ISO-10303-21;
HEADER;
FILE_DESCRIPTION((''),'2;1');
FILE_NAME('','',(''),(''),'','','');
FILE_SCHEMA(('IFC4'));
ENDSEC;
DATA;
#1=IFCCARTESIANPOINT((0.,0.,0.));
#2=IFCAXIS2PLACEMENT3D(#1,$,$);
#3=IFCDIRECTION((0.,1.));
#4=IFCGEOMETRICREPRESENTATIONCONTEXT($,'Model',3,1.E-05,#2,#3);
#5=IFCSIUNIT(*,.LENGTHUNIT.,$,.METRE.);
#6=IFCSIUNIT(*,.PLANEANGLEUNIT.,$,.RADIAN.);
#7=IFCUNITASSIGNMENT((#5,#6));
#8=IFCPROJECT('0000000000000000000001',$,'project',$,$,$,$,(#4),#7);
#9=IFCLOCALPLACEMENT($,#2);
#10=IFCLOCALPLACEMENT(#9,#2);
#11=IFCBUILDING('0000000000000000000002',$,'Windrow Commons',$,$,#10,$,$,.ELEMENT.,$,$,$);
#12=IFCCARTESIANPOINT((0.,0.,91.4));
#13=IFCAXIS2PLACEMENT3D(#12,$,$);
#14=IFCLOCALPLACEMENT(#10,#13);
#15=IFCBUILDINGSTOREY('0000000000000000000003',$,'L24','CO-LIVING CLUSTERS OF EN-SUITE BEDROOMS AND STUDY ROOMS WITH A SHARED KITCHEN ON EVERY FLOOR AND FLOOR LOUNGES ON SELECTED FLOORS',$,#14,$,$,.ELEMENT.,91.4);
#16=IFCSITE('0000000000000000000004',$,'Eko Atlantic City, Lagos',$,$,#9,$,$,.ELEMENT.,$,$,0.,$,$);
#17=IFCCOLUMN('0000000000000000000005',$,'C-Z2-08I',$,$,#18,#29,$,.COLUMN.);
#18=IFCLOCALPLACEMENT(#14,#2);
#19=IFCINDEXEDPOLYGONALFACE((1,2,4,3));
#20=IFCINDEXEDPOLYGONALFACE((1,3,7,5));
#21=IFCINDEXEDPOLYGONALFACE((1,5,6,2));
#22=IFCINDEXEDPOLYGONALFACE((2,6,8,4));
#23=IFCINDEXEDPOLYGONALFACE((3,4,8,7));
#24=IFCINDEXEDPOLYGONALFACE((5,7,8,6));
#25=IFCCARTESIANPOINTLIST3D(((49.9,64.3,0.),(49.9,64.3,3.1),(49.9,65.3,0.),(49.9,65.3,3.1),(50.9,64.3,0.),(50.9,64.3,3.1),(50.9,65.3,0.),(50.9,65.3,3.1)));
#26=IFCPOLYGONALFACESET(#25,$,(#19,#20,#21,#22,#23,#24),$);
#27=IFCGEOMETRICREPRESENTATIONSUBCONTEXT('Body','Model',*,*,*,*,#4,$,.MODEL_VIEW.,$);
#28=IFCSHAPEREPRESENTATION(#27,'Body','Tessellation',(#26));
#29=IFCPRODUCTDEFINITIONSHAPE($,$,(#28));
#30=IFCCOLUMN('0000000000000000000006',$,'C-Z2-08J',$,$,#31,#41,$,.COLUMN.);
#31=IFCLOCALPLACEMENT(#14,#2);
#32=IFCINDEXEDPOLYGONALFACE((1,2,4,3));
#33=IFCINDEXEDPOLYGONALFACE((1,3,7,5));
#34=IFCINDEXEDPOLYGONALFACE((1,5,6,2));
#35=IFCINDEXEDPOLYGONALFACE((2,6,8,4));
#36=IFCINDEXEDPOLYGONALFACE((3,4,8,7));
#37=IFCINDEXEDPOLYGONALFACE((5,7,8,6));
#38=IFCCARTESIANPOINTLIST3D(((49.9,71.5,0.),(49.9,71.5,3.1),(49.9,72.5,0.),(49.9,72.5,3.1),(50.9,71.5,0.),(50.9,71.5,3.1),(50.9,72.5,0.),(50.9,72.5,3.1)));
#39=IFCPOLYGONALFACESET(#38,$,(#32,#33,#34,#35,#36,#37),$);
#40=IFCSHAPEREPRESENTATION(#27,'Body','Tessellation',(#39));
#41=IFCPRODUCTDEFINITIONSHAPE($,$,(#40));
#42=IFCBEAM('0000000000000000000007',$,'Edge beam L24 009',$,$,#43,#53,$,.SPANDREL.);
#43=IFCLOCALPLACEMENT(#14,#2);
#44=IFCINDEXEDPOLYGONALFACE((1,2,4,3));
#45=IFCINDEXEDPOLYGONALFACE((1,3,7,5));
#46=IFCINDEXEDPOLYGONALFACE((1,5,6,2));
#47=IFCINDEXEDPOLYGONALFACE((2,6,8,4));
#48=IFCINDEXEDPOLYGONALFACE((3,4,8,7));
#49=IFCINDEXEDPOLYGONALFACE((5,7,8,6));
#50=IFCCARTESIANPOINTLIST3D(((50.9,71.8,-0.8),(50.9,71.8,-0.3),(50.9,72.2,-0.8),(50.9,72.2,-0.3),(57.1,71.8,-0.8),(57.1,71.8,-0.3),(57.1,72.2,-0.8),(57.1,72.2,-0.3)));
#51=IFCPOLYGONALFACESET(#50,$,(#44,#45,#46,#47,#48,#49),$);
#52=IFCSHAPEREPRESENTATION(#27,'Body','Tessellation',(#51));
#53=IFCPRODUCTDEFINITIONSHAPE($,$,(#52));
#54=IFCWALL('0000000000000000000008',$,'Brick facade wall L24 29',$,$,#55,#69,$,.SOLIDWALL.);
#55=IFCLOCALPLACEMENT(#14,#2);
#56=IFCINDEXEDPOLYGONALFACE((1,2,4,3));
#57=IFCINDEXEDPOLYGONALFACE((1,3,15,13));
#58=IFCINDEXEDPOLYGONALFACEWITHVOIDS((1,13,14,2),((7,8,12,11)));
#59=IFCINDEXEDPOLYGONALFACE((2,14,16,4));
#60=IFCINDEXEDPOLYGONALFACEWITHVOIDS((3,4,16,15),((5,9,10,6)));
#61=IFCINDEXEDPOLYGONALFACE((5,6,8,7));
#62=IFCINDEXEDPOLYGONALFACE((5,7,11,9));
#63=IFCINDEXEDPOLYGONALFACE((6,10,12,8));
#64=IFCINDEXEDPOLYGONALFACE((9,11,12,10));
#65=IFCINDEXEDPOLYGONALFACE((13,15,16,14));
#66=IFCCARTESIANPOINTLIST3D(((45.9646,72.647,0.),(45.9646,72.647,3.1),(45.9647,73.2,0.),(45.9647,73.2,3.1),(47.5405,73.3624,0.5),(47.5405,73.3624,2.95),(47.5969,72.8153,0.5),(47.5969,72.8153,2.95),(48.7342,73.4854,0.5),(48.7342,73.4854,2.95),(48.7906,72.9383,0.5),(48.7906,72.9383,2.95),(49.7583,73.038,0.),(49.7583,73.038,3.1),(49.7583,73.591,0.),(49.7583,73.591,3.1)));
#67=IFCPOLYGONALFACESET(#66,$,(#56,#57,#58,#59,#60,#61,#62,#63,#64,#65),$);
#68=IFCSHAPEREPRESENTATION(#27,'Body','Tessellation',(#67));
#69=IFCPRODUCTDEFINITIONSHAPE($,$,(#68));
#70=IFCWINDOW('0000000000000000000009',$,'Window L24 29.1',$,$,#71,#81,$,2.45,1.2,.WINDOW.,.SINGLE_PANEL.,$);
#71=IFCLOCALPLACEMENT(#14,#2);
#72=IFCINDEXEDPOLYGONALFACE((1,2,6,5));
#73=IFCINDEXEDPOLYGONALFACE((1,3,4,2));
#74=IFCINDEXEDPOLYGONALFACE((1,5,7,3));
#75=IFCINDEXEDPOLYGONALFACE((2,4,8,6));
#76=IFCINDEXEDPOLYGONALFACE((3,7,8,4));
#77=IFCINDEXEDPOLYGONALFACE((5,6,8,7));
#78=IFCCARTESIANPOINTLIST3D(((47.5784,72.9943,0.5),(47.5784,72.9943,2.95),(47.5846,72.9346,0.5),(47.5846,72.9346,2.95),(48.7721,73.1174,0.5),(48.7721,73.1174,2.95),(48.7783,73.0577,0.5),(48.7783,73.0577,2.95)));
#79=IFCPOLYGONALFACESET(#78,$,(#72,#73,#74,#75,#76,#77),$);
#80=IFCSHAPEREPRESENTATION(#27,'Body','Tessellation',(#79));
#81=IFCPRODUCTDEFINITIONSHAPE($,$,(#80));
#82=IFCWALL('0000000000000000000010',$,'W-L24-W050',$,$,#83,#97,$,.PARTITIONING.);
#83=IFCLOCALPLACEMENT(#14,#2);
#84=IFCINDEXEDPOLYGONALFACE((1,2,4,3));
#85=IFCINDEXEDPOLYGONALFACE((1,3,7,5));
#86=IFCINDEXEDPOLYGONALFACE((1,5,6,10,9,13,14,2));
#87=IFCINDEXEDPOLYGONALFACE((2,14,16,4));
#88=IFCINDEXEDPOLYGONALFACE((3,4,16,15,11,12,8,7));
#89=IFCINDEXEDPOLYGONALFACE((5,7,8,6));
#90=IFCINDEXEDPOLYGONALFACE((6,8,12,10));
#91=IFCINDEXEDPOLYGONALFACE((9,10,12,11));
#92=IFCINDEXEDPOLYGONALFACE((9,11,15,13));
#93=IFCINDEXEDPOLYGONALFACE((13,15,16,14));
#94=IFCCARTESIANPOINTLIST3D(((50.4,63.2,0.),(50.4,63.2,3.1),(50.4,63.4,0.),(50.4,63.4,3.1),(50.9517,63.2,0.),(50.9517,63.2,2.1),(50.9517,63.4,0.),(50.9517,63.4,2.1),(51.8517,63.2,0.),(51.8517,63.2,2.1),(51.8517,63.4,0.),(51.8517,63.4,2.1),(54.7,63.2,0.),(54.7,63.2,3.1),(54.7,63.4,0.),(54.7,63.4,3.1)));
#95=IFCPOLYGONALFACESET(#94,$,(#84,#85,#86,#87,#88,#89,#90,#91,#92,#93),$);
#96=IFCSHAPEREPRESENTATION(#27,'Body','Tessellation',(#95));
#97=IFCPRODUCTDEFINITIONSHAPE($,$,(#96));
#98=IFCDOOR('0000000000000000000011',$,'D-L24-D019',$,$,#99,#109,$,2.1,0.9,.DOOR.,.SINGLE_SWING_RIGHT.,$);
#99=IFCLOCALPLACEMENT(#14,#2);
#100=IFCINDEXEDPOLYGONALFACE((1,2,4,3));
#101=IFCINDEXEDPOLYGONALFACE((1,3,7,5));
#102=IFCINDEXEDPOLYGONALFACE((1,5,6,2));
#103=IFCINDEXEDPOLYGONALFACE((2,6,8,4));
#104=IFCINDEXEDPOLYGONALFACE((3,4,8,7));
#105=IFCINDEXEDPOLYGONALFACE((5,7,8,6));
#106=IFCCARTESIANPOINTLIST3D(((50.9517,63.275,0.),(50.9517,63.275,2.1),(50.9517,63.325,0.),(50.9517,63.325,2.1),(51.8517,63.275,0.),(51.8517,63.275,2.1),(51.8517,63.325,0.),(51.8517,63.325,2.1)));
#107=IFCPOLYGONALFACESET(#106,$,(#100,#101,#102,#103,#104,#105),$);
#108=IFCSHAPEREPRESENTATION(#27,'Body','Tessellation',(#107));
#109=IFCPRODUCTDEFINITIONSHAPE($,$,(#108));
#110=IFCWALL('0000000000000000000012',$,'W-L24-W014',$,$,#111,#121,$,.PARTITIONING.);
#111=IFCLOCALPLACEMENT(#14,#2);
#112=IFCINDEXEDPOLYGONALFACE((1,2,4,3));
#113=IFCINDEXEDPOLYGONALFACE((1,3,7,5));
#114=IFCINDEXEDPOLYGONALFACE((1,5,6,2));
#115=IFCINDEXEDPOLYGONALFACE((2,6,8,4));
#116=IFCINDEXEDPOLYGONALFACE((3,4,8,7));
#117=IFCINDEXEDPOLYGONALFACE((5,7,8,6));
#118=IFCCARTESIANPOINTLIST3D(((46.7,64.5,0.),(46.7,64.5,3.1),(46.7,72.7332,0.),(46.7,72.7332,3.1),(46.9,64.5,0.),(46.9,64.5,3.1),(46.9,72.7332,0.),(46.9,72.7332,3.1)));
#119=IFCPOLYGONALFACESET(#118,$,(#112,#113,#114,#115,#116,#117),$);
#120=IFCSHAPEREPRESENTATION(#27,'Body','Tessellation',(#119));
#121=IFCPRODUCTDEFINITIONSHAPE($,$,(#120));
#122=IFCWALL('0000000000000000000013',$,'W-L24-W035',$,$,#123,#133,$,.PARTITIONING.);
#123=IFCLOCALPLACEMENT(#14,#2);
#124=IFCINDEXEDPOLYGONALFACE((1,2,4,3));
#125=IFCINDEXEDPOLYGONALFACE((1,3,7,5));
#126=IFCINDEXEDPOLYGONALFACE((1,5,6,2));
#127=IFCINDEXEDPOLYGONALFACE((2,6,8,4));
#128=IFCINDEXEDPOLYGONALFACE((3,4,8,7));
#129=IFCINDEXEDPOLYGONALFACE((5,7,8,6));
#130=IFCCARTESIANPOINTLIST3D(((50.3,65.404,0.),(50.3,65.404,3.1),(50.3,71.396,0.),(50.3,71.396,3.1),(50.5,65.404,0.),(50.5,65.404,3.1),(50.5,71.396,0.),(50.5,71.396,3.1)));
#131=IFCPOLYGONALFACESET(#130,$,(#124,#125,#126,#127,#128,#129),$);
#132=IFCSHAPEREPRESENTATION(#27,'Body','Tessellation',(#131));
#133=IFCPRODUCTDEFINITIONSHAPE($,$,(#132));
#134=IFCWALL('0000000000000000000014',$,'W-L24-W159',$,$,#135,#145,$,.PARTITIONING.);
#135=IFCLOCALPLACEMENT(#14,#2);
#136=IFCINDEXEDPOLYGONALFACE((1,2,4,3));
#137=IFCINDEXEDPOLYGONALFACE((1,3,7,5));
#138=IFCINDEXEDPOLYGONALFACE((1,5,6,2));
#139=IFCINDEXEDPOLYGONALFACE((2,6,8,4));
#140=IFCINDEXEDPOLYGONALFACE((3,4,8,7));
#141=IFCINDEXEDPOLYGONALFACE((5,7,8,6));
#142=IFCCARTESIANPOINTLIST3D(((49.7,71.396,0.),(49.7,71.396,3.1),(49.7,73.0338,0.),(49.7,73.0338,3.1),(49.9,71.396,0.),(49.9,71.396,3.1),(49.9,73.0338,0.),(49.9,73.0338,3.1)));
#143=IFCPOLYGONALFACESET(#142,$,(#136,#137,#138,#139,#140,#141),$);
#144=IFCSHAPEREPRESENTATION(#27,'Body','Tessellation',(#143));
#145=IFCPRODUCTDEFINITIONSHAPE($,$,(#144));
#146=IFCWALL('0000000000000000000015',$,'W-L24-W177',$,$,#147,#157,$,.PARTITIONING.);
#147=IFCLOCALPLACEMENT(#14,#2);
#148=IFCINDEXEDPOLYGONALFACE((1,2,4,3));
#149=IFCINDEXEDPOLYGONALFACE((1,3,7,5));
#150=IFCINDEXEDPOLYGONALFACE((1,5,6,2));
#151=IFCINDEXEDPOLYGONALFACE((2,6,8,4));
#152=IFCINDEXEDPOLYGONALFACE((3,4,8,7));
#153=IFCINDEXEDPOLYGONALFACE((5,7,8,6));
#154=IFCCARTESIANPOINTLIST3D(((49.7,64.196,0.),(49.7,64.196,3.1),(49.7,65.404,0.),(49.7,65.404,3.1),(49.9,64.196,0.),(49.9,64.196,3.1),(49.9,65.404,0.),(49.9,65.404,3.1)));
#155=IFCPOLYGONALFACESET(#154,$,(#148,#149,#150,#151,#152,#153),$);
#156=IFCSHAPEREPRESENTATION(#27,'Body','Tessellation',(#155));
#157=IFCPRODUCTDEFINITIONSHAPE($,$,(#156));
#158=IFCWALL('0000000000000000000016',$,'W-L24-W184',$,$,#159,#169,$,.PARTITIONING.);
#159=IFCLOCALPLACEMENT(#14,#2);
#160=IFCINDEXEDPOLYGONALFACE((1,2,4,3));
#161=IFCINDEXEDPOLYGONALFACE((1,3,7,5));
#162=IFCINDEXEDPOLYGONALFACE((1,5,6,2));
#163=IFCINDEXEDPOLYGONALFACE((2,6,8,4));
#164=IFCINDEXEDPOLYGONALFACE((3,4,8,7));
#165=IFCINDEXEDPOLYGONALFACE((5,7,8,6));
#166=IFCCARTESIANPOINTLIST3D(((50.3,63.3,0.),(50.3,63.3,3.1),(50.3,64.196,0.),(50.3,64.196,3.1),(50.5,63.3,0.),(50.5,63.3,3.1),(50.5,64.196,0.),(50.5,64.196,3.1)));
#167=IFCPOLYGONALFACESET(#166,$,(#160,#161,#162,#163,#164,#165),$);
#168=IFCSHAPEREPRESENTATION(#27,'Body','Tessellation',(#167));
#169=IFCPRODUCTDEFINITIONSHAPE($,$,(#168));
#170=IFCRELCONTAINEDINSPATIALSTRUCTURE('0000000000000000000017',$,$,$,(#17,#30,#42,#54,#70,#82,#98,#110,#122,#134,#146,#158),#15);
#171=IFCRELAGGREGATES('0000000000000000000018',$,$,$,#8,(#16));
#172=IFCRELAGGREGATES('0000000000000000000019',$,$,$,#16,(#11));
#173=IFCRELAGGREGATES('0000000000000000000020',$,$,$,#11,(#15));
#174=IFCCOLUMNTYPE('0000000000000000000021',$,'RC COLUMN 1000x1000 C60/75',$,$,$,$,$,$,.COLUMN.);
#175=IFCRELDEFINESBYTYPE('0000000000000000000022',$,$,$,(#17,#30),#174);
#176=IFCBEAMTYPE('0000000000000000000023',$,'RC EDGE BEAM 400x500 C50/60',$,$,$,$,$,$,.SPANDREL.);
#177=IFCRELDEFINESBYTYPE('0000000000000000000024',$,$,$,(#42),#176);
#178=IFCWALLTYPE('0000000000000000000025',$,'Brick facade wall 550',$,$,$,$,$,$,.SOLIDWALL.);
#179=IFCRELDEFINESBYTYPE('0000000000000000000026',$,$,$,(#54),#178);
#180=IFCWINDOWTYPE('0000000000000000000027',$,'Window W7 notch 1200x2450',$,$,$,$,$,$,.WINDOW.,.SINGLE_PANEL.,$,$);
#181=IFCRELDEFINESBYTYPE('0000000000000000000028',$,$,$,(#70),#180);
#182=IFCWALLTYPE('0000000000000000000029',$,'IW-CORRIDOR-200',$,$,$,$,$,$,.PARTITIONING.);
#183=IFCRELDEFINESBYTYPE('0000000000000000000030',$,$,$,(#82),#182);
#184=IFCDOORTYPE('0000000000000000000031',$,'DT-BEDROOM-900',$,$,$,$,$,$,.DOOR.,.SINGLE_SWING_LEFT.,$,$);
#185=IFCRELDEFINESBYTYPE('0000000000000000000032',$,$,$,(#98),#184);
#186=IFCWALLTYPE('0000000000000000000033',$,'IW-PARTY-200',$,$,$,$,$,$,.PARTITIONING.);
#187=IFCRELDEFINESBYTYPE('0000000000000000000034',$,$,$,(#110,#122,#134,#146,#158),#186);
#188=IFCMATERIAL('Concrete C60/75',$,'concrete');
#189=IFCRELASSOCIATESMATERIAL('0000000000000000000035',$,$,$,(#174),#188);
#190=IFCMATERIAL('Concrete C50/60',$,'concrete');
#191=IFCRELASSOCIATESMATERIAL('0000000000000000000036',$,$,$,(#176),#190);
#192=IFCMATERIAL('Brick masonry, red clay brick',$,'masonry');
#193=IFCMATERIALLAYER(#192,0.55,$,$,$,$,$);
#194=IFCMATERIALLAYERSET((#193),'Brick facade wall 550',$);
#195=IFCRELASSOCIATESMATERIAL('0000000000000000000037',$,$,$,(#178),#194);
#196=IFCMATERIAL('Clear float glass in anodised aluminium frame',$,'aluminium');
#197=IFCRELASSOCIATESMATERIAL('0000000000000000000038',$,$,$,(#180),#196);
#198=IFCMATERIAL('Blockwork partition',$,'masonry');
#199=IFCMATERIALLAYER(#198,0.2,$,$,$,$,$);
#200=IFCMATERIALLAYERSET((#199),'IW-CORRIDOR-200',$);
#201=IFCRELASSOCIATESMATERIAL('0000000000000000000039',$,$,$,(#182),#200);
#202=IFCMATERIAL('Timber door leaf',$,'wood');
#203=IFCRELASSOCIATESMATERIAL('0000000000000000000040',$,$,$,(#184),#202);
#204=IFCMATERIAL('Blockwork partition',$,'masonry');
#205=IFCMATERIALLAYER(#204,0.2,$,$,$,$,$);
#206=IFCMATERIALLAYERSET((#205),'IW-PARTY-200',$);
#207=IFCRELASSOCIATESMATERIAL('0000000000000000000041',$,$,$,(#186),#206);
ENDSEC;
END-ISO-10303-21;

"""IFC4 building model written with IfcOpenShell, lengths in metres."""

from ifc_helpers import new_model, si_unit, direction, frame, frame_2d, origin, origin_2d, place, context, subcontext, project, spatial, polyline, rectangle, outline, extrude, material, layer, layer_set, material_profile, profile_set, type_object, element, fill, save


model = new_model("IFC4")

# Units and contexts
model_context = context("Model", 3, precision=1e-05, world=origin(), true_north=direction((0.0, 1.0)))
body_context = subcontext(model_context, "Body", "Model", "MODEL_VIEW")
ifc_project = project(units=[si_unit("LENGTHUNIT", "METRE"), si_unit("PLANEANGLEUNIT", "RADIAN")], contexts=[model_context])

# Site, building, storey
site_placement = place(None, origin())
site = spatial("IfcSite", under=ifc_project, at=site_placement, Name="Eko Atlantic City, Lagos", CompositionType="ELEMENT", RefElevation=0.0)
building_placement = place(site_placement, origin())
building = spatial("IfcBuilding", under=site, at=building_placement, Name="Windrow Commons", CompositionType="ELEMENT")
storey_placement = place(building_placement, frame((0.0, 0.0, 91.4)))
storey = spatial("IfcBuildingStorey", under=building, at=storey_placement, Name="L24", Description="CO-LIVING CLUSTERS OF EN-SUITE BEDROOMS AND STUDY ROOMS WITH A SHARED KITCHEN ON EVERY FLOOR AND FLOOR LOUNGES ON SELECTED FLOORS", CompositionType="ELEMENT", Elevation=91.4)

# Columns
ifc_material_1 = material(Name="Concrete C60/75", Category="concrete")
ifc_material_profile_1 = material_profile(ifc_material_1, rectangle(XDim=1.0, YDim=1.0, at=origin_2d()))
ifc_profile_set_1 = profile_set([ifc_material_profile_1], Name="Concrete C60/75")
column_type = type_object("IfcColumnType", Name="RC COLUMN 1000x1000 C60/75", PredefinedType="COLUMN", material=ifc_profile_set_1)
for number, where, z_axis, x_axis, name in (
    (1, (50.4, 64.8, 0.0), (0.0, 0.0, 1.0), (1.0, 0.0, 0.0), "C-Z2-08I"),
    (2, (50.4, 72.0, 0.0), (0.0, 0.0, 1.0), (1.0, 0.0, 0.0), "C-Z2-08J"),
):
    element("IfcColumn", number, at=place(storey_placement, frame(where, z_axis=z_axis, x_axis=x_axis)), inside=storey, type_object=column_type, Name=name, PredefinedType="COLUMN", context=body_context, shape_type="SweptSolid", body=[
        extrude(rectangle(XDim=1.0, YDim=1.0, at=origin_2d()), origin(), (0.0, 0.0, 1.0), 3.1),
    ])

# Beam
ifc_material_2 = material(Name="Concrete C50/60", Category="concrete")
ifc_material_profile_2 = material_profile(ifc_material_2, rectangle(XDim=0.4, YDim=0.5, at=origin_2d()))
ifc_profile_set_2 = profile_set([ifc_material_profile_2], Name="Concrete C50/60")
beam_type = type_object("IfcBeamType", Name="RC EDGE BEAM 400x500 C50/60", PredefinedType="SPANDREL", material=ifc_profile_set_2)
beam_placement = place(storey_placement, frame((50.9, 72.0, -0.55), z_axis=(1.0, 0.0, 0.0), x_axis=(0.0, 1.0, 0.0)))
element("IfcBeam", 3, at=beam_placement, inside=storey, type_object=beam_type, Name="Edge beam L24 009", PredefinedType="SPANDREL", context=body_context, shape_type="SweptSolid", body=[
    extrude(rectangle(XDim=0.4, YDim=0.5, at=origin_2d()), origin(), (0.0, 0.0, 1.0), 6.2),
])

# Wall, opening, window
ifc_material_3 = material(Name="Brick masonry, red clay brick", Category="masonry")
ifc_layer_1 = layer(ifc_material_3, 0.55)
ifc_layer_set_1 = layer_set([ifc_layer_1], Name="Brick facade wall 550")
wall_type_1 = type_object("IfcWallType", Name="Brick facade wall 550", PredefinedType="SOLIDWALL", material=ifc_layer_set_1)
wall_1_placement = place(storey_placement, frame((49.7583, 73.3145, 0.0), z_axis=(0.0, 0.0, 1.0), x_axis=(-0.994731, -0.102523, 0.0)))
wall_1 = element("IfcWall", 4, at=wall_1_placement, inside=storey, type_object=wall_type_1, Name="Brick facade wall L24 29", PredefinedType="SOLIDWALL", context=body_context, shape_type="SweptSolid", body=[
    extrude(outline(polyline([(-0.0283, -0.275), (3.7854, -0.275), (3.8421, 0.275), (0.0283, 0.275), (-0.0283, -0.275)])), origin(), (0.0, 0.0, 1.0), 3.1),
])
opening_1_placement = place(wall_1_placement, frame((1.0012, 0.0, 0.5)))
opening_1 = element("IfcOpeningElement", 5, at=opening_1_placement, cuts=wall_1, PredefinedType="OPENING", context=body_context, shape_type="SweptSolid", body=[
    extrude(rectangle(XDim=1.2, YDim=2.45, at=frame_2d((0.6, 1.225))), frame((0.0, 0.285, 0.0), z_axis=(0.0, -1.0, 0.0), x_axis=(1.0, 0.0, 0.0)), (0.0, 0.0, 1.0), 0.57),
])
ifc_material_4 = material(Name="Clear float glass in anodised aluminium frame", Category="aluminium")
window_type = type_object("IfcWindowType", Name="Window W7 notch 1200x2450", PartitioningType="SINGLE_PANEL", PredefinedType="WINDOW", material=ifc_material_4)
window_placement = place(opening_1_placement, origin())
window = element("IfcWindow", 6, at=window_placement, inside=storey, type_object=window_type, Name="Window L24 29.1", OverallHeight=2.45, OverallWidth=1.2, PartitioningType="SINGLE_PANEL", PredefinedType="WINDOW", context=body_context, shape_type="SweptSolid", body=[
    extrude(rectangle(XDim=1.2, YDim=2.45, at=frame_2d((0.6, 1.225))), frame((0.0, 0.155, 0.0), z_axis=(0.0, -1.0, 0.0), x_axis=(1.0, 0.0, 0.0)), (0.0, 0.0, 1.0), 0.06),
])
fill(opening_1, window)

# Wall, opening, door
ifc_material_5 = material(Name="Blockwork partition", Category="masonry")
ifc_layer_2 = layer(ifc_material_5, 0.2)
ifc_layer_set_2 = layer_set([ifc_layer_2], Name="IW-CORRIDOR-200")
wall_type_2 = type_object("IfcWallType", Name="IW-CORRIDOR-200", PredefinedType="PARTITIONING", material=ifc_layer_set_2)
wall_2_placement = place(storey_placement, frame((50.4, 63.3, 0.0), z_axis=(0.0, 0.0, 1.0), x_axis=(1.0, 0.0, 0.0)))
wall_2 = element("IfcWall", 7, at=wall_2_placement, inside=storey, type_object=wall_type_2, Name="W-L24-W050", PredefinedType="PARTITIONING", context=body_context, shape_type="SweptSolid", body=[
    extrude(rectangle(XDim=4.3, YDim=0.2, at=frame_2d((2.15, 0.0))), origin(), (0.0, 0.0, 1.0), 3.1),
])
opening_2_placement = place(wall_2_placement, frame((0.5517, 0.0, 0.0)))
opening_2 = element("IfcOpeningElement", 8, at=opening_2_placement, cuts=wall_2, PredefinedType="OPENING", context=body_context, shape_type="SweptSolid", body=[
    extrude(rectangle(XDim=0.9, YDim=2.1, at=frame_2d((0.45, 1.05))), frame((0.0, 0.11, 0.0), z_axis=(0.0, -1.0, 0.0), x_axis=(1.0, 0.0, 0.0)), (0.0, 0.0, 1.0), 0.22),
])
ifc_material_6 = material(Name="Timber door leaf", Category="wood")
door_type = type_object("IfcDoorType", Name="DT-BEDROOM-900", OperationType="SINGLE_SWING_LEFT", PredefinedType="DOOR", material=ifc_material_6)
door_placement = place(opening_2_placement, origin())
door = element("IfcDoor", 9, at=door_placement, inside=storey, type_object=door_type, Name="D-L24-D019", OperationType="SINGLE_SWING_RIGHT", OverallHeight=2.1, OverallWidth=0.9, PredefinedType="DOOR", context=body_context, shape_type="SweptSolid", body=[
    extrude(rectangle(XDim=0.9, YDim=2.1, at=frame_2d((0.45, 1.05))), frame((0.0, 0.025, 0.0), z_axis=(0.0, -1.0, 0.0), x_axis=(1.0, 0.0, 0.0)), (0.0, 0.0, 1.0), 0.05),
])
fill(opening_2, door)

# Walls
ifc_material_7 = material(Name="Blockwork partition", Category="masonry")
ifc_layer_3 = layer(ifc_material_7, 0.2)
ifc_layer_set_3 = layer_set([ifc_layer_3], Name="IW-PARTY-200")
wall_type_3 = type_object("IfcWallType", Name="IW-PARTY-200", PredefinedType="PARTITIONING", material=ifc_layer_set_3)
wall_3_placement = place(storey_placement, frame((46.8, 64.5, 0.0), z_axis=(0.0, 0.0, 1.0), x_axis=(0.0, 1.0, 0.0)))
element("IfcWall", 10, at=wall_3_placement, inside=storey, type_object=wall_type_3, Name="W-L24-W014", PredefinedType="PARTITIONING", context=body_context, shape_type="SweptSolid", body=[
    extrude(rectangle(XDim=8.2332, YDim=0.2, at=frame_2d((4.1166, 0.0))), origin(), (0.0, 0.0, 1.0), 3.1),
])
wall_4_placement = place(storey_placement, frame((50.4, 65.404, 0.0), z_axis=(0.0, 0.0, 1.0), x_axis=(0.0, 1.0, 0.0)))
element("IfcWall", 11, at=wall_4_placement, inside=storey, type_object=wall_type_3, Name="W-L24-W035", PredefinedType="PARTITIONING", context=body_context, shape_type="SweptSolid", body=[
    extrude(rectangle(XDim=5.992, YDim=0.2, at=frame_2d((2.996, 0.0))), origin(), (0.0, 0.0, 1.0), 3.1),
])
wall_5_placement = place(storey_placement, frame((49.8, 71.396, 0.0), z_axis=(0.0, 0.0, 1.0), x_axis=(0.0, 1.0, 0.0)))
element("IfcWall", 12, at=wall_5_placement, inside=storey, type_object=wall_type_3, Name="W-L24-W159", PredefinedType="PARTITIONING", context=body_context, shape_type="SweptSolid", body=[
    extrude(rectangle(XDim=1.6378, YDim=0.2, at=frame_2d((0.8189, 0.0))), origin(), (0.0, 0.0, 1.0), 3.1),
])
wall_6_placement = place(storey_placement, frame((49.8, 64.196, 0.0), z_axis=(0.0, 0.0, 1.0), x_axis=(0.0, 1.0, 0.0)))
element("IfcWall", 13, at=wall_6_placement, inside=storey, type_object=wall_type_3, Name="W-L24-W177", PredefinedType="PARTITIONING", context=body_context, shape_type="SweptSolid", body=[
    extrude(rectangle(XDim=1.208, YDim=0.2, at=frame_2d((0.604, 0.0))), origin(), (0.0, 0.0, 1.0), 3.1),
])
wall_7_placement = place(storey_placement, frame((50.4, 63.3, 0.0), z_axis=(0.0, 0.0, 1.0), x_axis=(0.0, 1.0, 0.0)))
element("IfcWall", 14, at=wall_7_placement, inside=storey, type_object=wall_type_3, Name="W-L24-W184", PredefinedType="PARTITIONING", context=body_context, shape_type="SweptSolid", body=[
    extrude(rectangle(XDim=0.896, YDim=0.2, at=frame_2d((0.448, 0.0))), origin(), (0.0, 0.0, 1.0), 3.1),
])

save(model, "model.ifc")
